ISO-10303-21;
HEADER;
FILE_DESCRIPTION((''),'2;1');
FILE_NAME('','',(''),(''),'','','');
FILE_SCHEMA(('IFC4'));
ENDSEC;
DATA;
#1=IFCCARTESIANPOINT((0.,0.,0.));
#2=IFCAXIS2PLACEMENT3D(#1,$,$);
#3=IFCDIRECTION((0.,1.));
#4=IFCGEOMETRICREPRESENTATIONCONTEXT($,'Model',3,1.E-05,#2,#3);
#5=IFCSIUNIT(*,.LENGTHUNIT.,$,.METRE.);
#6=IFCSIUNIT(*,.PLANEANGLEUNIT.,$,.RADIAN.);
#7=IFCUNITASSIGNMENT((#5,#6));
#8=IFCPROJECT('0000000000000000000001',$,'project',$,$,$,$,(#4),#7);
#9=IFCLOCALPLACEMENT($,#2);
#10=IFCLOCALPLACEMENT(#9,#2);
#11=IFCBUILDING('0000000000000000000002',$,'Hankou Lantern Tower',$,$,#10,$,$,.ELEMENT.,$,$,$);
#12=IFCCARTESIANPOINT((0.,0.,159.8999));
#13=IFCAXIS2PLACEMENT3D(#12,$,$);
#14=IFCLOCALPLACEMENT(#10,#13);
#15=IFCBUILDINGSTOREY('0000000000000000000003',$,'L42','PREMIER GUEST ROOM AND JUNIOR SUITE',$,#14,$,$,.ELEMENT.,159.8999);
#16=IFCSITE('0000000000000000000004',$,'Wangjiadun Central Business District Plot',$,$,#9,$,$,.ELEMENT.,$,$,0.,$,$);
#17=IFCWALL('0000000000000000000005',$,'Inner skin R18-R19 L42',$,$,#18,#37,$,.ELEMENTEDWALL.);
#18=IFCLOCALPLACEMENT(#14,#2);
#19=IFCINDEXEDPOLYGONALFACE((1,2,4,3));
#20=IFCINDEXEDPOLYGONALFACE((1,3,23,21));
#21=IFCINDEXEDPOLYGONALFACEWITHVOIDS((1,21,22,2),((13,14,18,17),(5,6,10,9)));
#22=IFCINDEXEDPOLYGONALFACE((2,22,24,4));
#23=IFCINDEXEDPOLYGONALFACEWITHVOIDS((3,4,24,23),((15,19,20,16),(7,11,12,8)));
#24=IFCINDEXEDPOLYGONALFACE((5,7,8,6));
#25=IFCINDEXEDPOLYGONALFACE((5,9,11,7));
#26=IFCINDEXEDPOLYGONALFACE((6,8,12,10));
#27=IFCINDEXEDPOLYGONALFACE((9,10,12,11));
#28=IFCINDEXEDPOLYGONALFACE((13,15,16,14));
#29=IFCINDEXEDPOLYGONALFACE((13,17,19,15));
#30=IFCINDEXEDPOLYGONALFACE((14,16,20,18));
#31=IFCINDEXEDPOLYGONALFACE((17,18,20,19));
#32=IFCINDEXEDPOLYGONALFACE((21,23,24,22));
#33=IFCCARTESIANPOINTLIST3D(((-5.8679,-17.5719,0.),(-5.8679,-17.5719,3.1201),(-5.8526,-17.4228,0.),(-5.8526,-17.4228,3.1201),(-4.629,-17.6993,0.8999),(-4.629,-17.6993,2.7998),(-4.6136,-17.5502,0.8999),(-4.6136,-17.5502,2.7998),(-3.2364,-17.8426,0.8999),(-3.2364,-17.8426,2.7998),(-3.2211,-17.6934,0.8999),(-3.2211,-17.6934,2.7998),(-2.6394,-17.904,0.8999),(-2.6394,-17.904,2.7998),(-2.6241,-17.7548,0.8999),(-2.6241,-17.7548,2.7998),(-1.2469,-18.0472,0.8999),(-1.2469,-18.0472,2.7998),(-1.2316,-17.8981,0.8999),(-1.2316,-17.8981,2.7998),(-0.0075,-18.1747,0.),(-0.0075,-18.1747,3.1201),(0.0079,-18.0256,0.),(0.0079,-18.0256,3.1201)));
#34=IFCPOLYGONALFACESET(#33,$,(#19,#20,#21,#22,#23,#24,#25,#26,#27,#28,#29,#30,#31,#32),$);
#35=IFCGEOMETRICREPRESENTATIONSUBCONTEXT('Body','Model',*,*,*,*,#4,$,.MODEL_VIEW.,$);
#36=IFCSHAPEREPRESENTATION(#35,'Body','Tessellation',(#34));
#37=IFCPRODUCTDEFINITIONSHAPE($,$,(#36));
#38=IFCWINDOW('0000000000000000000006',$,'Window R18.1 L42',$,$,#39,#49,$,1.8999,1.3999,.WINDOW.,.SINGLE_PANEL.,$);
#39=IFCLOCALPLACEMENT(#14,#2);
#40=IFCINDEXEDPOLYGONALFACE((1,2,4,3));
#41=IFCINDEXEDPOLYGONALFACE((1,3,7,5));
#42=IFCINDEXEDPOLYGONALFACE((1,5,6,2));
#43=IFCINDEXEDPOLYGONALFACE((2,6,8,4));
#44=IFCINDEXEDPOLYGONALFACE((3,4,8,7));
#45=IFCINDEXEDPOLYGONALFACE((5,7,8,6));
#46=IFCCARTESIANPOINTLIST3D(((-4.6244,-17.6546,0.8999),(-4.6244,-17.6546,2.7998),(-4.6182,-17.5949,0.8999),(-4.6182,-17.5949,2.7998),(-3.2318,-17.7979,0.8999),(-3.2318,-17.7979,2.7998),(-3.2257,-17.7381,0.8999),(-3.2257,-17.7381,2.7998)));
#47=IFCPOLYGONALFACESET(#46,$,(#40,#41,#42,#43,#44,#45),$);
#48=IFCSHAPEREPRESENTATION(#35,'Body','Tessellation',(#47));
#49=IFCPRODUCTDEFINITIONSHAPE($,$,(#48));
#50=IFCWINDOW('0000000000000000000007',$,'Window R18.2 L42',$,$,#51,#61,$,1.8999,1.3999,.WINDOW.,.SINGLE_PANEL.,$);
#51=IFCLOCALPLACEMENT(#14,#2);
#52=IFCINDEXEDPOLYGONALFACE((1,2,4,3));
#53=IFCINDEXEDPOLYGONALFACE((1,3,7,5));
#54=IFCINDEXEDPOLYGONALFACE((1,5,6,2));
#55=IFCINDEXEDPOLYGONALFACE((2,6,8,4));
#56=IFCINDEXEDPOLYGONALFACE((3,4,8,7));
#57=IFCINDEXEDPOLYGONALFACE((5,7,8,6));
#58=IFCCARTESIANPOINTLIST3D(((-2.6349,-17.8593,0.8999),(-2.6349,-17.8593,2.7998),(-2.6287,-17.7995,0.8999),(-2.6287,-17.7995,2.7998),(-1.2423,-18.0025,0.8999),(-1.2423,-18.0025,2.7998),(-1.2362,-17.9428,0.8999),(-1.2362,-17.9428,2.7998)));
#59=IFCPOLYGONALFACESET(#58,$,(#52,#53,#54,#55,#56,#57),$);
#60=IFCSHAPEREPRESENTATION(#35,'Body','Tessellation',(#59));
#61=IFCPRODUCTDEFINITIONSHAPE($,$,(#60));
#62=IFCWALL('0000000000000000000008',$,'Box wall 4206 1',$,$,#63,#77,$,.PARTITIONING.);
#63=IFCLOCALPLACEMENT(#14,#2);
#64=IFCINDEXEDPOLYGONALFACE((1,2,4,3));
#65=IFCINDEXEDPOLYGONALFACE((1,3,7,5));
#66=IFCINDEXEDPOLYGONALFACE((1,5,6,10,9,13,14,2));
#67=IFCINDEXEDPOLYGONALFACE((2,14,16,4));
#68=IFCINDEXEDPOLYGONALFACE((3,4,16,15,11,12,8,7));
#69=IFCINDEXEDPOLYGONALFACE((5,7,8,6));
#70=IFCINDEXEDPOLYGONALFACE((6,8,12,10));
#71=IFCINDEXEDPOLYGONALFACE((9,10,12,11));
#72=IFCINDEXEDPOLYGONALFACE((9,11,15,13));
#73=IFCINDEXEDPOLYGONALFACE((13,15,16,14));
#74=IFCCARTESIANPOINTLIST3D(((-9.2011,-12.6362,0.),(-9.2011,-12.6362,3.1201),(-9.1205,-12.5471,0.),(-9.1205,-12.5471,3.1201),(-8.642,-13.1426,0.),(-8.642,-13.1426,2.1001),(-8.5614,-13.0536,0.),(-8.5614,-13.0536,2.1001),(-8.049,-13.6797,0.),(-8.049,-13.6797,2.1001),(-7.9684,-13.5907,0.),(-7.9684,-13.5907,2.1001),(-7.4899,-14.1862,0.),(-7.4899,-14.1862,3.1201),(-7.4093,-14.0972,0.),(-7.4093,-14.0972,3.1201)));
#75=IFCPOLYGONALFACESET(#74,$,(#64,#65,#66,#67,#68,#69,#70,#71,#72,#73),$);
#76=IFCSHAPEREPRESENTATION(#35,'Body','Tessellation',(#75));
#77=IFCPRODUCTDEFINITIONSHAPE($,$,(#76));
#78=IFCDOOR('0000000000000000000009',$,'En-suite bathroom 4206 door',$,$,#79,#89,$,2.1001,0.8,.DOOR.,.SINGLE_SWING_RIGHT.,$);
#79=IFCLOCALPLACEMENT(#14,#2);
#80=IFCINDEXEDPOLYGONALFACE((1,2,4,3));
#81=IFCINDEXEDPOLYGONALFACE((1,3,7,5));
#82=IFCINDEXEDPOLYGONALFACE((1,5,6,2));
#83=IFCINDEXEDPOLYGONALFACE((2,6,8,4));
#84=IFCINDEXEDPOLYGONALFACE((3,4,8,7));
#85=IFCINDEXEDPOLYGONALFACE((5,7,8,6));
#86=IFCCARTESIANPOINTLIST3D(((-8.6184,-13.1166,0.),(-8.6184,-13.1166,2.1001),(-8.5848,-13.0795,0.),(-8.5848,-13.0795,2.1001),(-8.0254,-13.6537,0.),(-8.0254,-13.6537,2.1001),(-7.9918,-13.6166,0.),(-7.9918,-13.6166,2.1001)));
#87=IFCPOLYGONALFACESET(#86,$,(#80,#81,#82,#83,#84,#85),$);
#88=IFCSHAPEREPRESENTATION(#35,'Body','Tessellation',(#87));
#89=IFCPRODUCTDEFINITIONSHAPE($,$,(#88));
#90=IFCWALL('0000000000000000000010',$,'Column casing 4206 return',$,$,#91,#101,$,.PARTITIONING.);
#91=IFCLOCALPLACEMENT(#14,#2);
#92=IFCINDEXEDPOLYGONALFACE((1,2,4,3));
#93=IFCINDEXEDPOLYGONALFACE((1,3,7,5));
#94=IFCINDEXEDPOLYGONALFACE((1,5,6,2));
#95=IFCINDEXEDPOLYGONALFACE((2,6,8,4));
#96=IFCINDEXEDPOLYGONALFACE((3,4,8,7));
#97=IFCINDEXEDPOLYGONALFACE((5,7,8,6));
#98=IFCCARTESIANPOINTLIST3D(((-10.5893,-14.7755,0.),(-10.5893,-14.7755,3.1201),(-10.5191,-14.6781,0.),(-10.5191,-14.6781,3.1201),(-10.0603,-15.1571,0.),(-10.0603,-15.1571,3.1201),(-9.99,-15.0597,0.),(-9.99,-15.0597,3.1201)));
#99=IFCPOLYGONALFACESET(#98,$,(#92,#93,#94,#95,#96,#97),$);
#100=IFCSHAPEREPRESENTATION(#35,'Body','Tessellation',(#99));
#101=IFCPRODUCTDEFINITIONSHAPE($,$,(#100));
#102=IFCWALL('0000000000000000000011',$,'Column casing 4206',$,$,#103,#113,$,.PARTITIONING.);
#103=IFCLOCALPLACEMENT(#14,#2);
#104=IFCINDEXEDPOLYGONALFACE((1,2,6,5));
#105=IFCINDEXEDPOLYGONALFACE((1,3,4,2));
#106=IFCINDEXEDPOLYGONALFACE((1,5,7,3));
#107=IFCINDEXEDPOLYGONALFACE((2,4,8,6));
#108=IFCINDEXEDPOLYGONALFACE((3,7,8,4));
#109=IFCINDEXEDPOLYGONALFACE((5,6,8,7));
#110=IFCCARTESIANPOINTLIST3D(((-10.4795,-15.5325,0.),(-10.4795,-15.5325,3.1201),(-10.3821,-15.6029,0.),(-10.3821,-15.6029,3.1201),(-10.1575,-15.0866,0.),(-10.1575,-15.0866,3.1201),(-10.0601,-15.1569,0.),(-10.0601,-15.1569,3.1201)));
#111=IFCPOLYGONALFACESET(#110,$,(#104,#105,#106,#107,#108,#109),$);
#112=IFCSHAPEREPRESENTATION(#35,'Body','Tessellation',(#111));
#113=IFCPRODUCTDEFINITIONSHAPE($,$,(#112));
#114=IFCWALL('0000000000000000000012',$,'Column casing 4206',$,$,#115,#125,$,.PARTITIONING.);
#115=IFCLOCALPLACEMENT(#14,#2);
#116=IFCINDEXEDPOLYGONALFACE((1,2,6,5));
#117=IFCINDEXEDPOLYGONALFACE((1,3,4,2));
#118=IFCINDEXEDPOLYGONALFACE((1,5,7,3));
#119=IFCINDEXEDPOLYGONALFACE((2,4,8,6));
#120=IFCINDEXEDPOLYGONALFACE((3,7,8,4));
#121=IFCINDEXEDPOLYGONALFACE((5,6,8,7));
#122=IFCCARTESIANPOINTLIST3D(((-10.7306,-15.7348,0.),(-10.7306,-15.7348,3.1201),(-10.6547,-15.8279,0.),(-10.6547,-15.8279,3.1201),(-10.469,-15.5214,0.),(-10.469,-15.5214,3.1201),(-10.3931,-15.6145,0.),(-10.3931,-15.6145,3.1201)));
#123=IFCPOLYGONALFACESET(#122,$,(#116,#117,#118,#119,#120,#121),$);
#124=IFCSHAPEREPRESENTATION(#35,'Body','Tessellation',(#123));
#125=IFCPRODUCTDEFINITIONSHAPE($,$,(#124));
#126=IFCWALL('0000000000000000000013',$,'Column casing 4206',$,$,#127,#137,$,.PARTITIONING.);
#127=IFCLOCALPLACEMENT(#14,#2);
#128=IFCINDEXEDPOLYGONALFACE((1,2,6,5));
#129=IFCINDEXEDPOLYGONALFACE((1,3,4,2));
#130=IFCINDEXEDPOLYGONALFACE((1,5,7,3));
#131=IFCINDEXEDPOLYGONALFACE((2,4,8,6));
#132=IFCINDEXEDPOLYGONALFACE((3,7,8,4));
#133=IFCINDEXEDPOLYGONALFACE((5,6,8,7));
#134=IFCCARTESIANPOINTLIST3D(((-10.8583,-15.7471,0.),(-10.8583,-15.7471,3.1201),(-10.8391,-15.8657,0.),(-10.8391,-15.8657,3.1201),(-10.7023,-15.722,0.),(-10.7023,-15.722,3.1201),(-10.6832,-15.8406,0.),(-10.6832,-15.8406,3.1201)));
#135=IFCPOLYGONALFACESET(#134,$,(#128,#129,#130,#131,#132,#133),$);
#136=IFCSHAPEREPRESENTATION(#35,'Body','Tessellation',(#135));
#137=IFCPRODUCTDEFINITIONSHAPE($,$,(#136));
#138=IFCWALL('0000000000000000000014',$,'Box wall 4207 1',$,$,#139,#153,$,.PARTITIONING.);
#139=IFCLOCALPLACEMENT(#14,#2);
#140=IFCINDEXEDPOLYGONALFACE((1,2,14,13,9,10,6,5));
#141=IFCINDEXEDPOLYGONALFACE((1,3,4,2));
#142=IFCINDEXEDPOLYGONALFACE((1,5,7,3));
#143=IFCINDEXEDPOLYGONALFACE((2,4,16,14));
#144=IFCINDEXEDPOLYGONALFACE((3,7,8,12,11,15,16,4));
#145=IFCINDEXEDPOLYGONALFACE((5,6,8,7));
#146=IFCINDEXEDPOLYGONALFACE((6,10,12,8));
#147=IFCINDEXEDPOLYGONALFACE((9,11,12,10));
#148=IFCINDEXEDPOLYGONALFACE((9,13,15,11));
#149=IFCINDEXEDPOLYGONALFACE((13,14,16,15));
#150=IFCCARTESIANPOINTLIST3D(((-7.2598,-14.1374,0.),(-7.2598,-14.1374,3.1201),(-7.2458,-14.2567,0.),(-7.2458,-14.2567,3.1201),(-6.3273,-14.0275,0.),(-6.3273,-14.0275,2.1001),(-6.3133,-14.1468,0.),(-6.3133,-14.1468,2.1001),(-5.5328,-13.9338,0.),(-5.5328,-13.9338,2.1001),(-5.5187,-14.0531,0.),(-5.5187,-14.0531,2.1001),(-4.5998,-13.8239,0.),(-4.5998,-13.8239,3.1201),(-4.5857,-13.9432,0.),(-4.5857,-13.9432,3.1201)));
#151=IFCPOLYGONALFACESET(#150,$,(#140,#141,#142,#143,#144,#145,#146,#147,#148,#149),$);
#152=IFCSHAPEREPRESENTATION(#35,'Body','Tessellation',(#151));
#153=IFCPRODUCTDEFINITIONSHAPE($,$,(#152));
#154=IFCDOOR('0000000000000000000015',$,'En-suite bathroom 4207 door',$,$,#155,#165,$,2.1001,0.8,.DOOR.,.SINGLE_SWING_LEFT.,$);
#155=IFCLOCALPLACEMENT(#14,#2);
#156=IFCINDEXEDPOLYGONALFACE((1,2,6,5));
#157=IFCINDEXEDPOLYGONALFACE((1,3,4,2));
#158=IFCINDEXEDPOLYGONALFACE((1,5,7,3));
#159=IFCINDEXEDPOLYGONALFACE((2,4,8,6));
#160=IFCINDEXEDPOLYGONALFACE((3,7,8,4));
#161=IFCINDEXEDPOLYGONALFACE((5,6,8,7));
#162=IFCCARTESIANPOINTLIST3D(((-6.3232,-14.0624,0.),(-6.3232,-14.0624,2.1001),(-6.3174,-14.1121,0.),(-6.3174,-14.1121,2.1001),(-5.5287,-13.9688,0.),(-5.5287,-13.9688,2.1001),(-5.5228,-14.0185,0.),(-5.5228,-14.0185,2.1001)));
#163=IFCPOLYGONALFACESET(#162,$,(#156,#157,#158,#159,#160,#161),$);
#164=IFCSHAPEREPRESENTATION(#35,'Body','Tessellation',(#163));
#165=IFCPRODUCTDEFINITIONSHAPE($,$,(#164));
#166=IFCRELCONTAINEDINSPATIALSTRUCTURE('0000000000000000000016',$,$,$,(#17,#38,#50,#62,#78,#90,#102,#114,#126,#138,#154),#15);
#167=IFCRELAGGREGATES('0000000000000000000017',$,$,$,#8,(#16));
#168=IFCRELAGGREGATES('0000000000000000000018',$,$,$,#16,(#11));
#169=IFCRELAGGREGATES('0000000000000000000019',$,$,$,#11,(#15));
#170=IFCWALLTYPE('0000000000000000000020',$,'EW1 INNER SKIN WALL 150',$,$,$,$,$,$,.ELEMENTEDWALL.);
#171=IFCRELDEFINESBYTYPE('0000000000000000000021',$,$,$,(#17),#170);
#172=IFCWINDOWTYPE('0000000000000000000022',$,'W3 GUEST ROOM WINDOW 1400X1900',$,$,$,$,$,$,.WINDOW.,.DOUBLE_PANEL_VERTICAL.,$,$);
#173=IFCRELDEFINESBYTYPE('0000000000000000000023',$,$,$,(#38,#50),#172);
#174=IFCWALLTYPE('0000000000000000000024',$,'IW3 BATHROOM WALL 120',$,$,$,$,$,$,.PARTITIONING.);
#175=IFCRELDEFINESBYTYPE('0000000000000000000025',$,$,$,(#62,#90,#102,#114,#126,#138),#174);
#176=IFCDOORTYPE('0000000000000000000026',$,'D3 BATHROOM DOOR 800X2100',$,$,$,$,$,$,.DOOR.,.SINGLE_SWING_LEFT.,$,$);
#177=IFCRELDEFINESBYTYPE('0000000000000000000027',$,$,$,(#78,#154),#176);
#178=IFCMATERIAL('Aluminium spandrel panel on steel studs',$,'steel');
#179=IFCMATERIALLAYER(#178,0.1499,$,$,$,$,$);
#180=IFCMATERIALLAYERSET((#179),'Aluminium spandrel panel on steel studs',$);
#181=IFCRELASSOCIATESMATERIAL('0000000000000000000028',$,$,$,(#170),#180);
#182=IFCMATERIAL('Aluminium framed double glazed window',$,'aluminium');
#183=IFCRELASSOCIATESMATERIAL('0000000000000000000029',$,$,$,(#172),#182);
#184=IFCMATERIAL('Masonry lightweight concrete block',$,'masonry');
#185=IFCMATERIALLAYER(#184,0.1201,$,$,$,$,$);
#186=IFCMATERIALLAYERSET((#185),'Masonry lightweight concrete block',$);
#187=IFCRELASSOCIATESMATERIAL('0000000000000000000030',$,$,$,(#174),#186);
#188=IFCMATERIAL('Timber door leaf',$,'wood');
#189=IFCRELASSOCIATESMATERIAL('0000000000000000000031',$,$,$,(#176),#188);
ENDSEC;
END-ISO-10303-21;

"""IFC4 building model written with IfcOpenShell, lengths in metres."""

from ifc_helpers import new_model, si_unit, direction, frame, frame_2d, origin, place, context, subcontext, project, spatial, rectangle, extrude, material, layer, layer_set, type_object, element, fill, save


model = new_model("IFC4")

# Units and contexts
model_context = context("Model", 3, precision=1e-05, world=origin(), true_north=direction((0.0, 1.0)))
body_context = subcontext(model_context, "Body", "Model", "MODEL_VIEW")
ifc_project = project(units=[si_unit("LENGTHUNIT", "METRE"), si_unit("PLANEANGLEUNIT", "RADIAN")], contexts=[model_context])

# Site, building, storey
site_placement = place(None, origin())
site = spatial("IfcSite", under=ifc_project, at=site_placement, Name="Wangjiadun Central Business District Plot", CompositionType="ELEMENT", RefElevation=0.0)
building_placement = place(site_placement, origin())
building = spatial("IfcBuilding", under=site, at=building_placement, Name="Hankou Lantern Tower", CompositionType="ELEMENT")
storey_placement = place(building_placement, frame((0.0, 0.0, 159.8999)))
storey = spatial("IfcBuildingStorey", under=building, at=storey_placement, Name="L42", Description="PREMIER GUEST ROOM AND JUNIOR SUITE", CompositionType="ELEMENT", Elevation=159.8999)

# Wall, openings, windows
ifc_material_1 = material(Name="Aluminium spandrel panel on steel studs", Category="steel")
ifc_layer_1 = layer(ifc_material_1, 0.1499)
ifc_layer_set_1 = layer_set([ifc_layer_1], Name="Aluminium spandrel panel on steel studs")
wall_type_1 = type_object("IfcWallType", Name="EW1 INNER SKIN WALL 150", PredefinedType="ELEMENTEDWALL", material=ifc_layer_set_1)
ifc_material_2 = material(Name="Aluminium framed double glazed window", Category="aluminium")
window_type = type_object("IfcWindowType", Name="W3 GUEST ROOM WINDOW 1400X1900", PartitioningType="DOUBLE_PANEL_VERTICAL", PredefinedType="WINDOW", material=ifc_material_2)
wall_1_placement = place(storey_placement, frame((-5.8604, -17.4973, 0.0), z_axis=(0.0, 0.0, 1.0), x_axis=(0.994752, -0.102318, 0.0)))
wall_1 = element("IfcWall", 1, at=wall_1_placement, inside=storey, type_object=wall_type_1, Name="Inner skin R18-R19 L42", PredefinedType="ELEMENTEDWALL", context=body_context, shape_type="SweptSolid", body=[
    extrude(rectangle(XDim=5.8914, YDim=0.1499, at=frame_2d((2.9458, 0.0))), origin(), (0.0, 0.0, 1.0), 3.1201),
])
opening_1_placement = place(wall_1_placement, frame((1.2456, 0.0, 0.8999)))
opening_1 = element("IfcOpeningElement", 2, at=opening_1_placement, cuts=wall_1, PredefinedType="OPENING", context=body_context, shape_type="SweptSolid", body=[
    extrude(rectangle(XDim=1.3999, YDim=1.8999, at=frame_2d((0.7, 0.95))), frame((0.0, 0.085, 0.0), z_axis=(0.0, -1.0, 0.0), x_axis=(1.0, 0.0, 0.0)), (0.0, 0.0, 1.0), 0.1699),
])
opening_2_placement = place(wall_1_placement, frame((3.2456, 0.0, 0.8999)))
opening_2 = element("IfcOpeningElement", 3, at=opening_2_placement, cuts=wall_1, PredefinedType="OPENING", context=body_context, shape_type="SweptSolid", body=[
    extrude(rectangle(XDim=1.3999, YDim=1.8999, at=frame_2d((0.7, 0.95))), frame((0.0, 0.085, 0.0), z_axis=(0.0, -1.0, 0.0), x_axis=(1.0, 0.0, 0.0)), (0.0, 0.0, 1.0), 0.1699),
])
window_1_placement = place(opening_1_placement, origin())
window_1 = element("IfcWindow", 4, at=window_1_placement, inside=storey, type_object=window_type, Name="Window R18.1 L42", OverallHeight=1.8999, OverallWidth=1.3999, PartitioningType="SINGLE_PANEL", PredefinedType="WINDOW", context=body_context, shape_type="SweptSolid", body=[
    extrude(rectangle(XDim=1.3999, YDim=1.8999, at=frame_2d((0.7, 0.95))), frame((0.0, 0.03, 0.0), z_axis=(0.0, -1.0, 0.0), x_axis=(1.0, 0.0, 0.0)), (0.0, 0.0, 1.0), 0.0601),
])
fill(opening_1, window_1)
window_2_placement = place(opening_2_placement, origin())
window_2 = element("IfcWindow", 5, at=window_2_placement, inside=storey, type_object=window_type, Name="Window R18.2 L42", OverallHeight=1.8999, OverallWidth=1.3999, PartitioningType="SINGLE_PANEL", PredefinedType="WINDOW", context=body_context, shape_type="SweptSolid", body=[
    extrude(rectangle(XDim=1.3999, YDim=1.8999, at=frame_2d((0.7, 0.95))), frame((0.0, 0.03, 0.0), z_axis=(0.0, -1.0, 0.0), x_axis=(1.0, 0.0, 0.0)), (0.0, 0.0, 1.0), 0.0601),
])
fill(opening_2, window_2)

# Wall, opening, door
ifc_material_3 = material(Name="Masonry lightweight concrete block", Category="masonry")
ifc_layer_2 = layer(ifc_material_3, 0.1201)
ifc_layer_set_2 = layer_set([ifc_layer_2], Name="Masonry lightweight concrete block")
wall_type_2 = type_object("IfcWallType", Name="IW3 BATHROOM WALL 120", PredefinedType="PARTITIONING", material=ifc_layer_set_2)
wall_2_placement = place(storey_placement, frame((-7.4497, -14.1416, 0.0), z_axis=(0.0, 0.0, 1.0), x_axis=(-0.74114, 0.671351, 0.0)))
wall_2 = element("IfcWall", 6, at=wall_2_placement, inside=storey, type_object=wall_type_2, Name="Box wall 4206 1", PredefinedType="PARTITIONING", context=body_context, shape_type="SweptSolid", body=[
    extrude(rectangle(XDim=2.3088, YDim=0.1201, at=frame_2d((1.1543, 0.0))), origin(), (0.0, 0.0, 1.0), 3.1201),
])
opening_3_placement = place(wall_2_placement, frame((0.7544, 0.0, 0.0)))
opening_3 = element("IfcOpeningElement", 7, at=opening_3_placement, cuts=wall_2, PredefinedType="OPENING", context=body_context, shape_type="SweptSolid", body=[
    extrude(rectangle(XDim=0.8, YDim=2.1001, at=frame_2d((0.3999, 1.05))), frame((0.0, 0.0701, 0.0), z_axis=(0.0, -1.0, 0.0), x_axis=(1.0, 0.0, 0.0)), (0.0, 0.0, 1.0), 0.1401),
])
ifc_material_4 = material(Name="Timber door leaf", Category="wood")
door_type = type_object("IfcDoorType", Name="D3 BATHROOM DOOR 800X2100", OperationType="SINGLE_SWING_LEFT", PredefinedType="DOOR", material=ifc_material_4)
door_1_placement = place(opening_3_placement, origin())
door_1 = element("IfcDoor", 8, at=door_1_placement, inside=storey, type_object=door_type, Name="En-suite bathroom 4206 door", OperationType="SINGLE_SWING_RIGHT", OverallHeight=2.1001, OverallWidth=0.8, PredefinedType="DOOR", context=body_context, shape_type="SweptSolid", body=[
    extrude(rectangle(XDim=0.8, YDim=2.1001, at=frame_2d((0.3999, 1.05))), frame((0.0, 0.0249, 0.0), z_axis=(0.0, -1.0, 0.0), x_axis=(1.0, 0.0, 0.0)), (0.0, 0.0, 1.0), 0.05),
])
fill(opening_3, door_1)

# Walls
wall_3_placement = place(storey_placement, frame((-10.5542, -14.7268, 0.0), z_axis=(0.0, 0.0, 1.0), x_axis=(0.811044, -0.584985, 0.0)))
element("IfcWall", 9, at=wall_3_placement, inside=storey, type_object=wall_type_2, Name="Column casing 4206 return", PredefinedType="PARTITIONING", context=body_context, shape_type="SweptSolid", body=[
    extrude(rectangle(XDim=0.6523, YDim=0.1201, at=frame_2d((0.3262, 0.0))), origin(), (0.0, 0.0, 1.0), 3.1201),
])
wall_4_placement = place(storey_placement, frame((-10.1089, -15.1218, 0.0), z_axis=(0.0, 0.0, 1.0), x_axis=(-0.585345, -0.810785, 0.0)))
element("IfcWall", 10, at=wall_4_placement, inside=storey, type_object=wall_type_2, Name="Column casing 4206", PredefinedType="PARTITIONING", context=body_context, shape_type="SweptSolid", body=[
    extrude(rectangle(XDim=0.55, YDim=0.1201, at=frame_2d((0.2749, 0.0))), origin(), (0.0, 0.0, 1.0), 3.1201),
])
wall_5_placement = place(storey_placement, frame((-10.4309, -15.5679, 0.0), z_axis=(0.0, 0.0, 1.0), x_axis=(-0.775051, -0.631898, 0.0)))
element("IfcWall", 11, at=wall_5_placement, inside=storey, type_object=wall_type_2, Name="Column casing 4206", PredefinedType="PARTITIONING", context=body_context, shape_type="SweptSolid", body=[
    extrude(rectangle(XDim=0.3376, YDim=0.1201, at=frame_2d((0.1689, 0.0))), origin(), (0.0, 0.0, 1.0), 3.1201),
])
wall_6_placement = place(storey_placement, frame((-10.6926, -15.7812, 0.0), z_axis=(0.0, 0.0, 1.0), x_axis=(-0.987257, -0.159135, 0.0)))
element("IfcWall", 12, at=wall_6_placement, inside=storey, type_object=wall_type_2, Name="Column casing 4206", PredefinedType="PARTITIONING", context=body_context, shape_type="SweptSolid", body=[
    extrude(rectangle(XDim=0.158, YDim=0.1201, at=frame_2d((0.0791, 0.0))), origin(), (0.0, 0.0, 1.0), 3.1201),
])

# Wall, opening, door
wall_7_placement = place(storey_placement, frame((-7.2529, -14.197, 0.0), z_axis=(0.0, 0.0, 1.0), x_axis=(0.993128, 0.117032, 0.0)))
wall_7 = element("IfcWall", 13, at=wall_7_placement, inside=storey, type_object=wall_type_2, Name="Box wall 4207 1", PredefinedType="PARTITIONING", context=body_context, shape_type="SweptSolid", body=[
    extrude(rectangle(XDim=2.6785, YDim=0.1201, at=frame_2d((1.3394, 0.0))), origin(), (0.0, 0.0, 1.0), 3.1201),
])
opening_4_placement = place(wall_7_placement, frame((0.9392, 0.0, 0.0)))
opening_4 = element("IfcOpeningElement", 14, at=opening_4_placement, cuts=wall_7, PredefinedType="OPENING", context=body_context, shape_type="SweptSolid", body=[
    extrude(rectangle(XDim=0.8, YDim=2.1001, at=frame_2d((0.3999, 1.05))), frame((0.0, 0.0701, 0.0), z_axis=(0.0, -1.0, 0.0), x_axis=(1.0, 0.0, 0.0)), (0.0, 0.0, 1.0), 0.1401),
])
door_2_placement = place(opening_4_placement, origin())
door_2 = element("IfcDoor", 15, at=door_2_placement, inside=storey, type_object=door_type, Name="En-suite bathroom 4207 door", OperationType="SINGLE_SWING_LEFT", OverallHeight=2.1001, OverallWidth=0.8, PredefinedType="DOOR", context=body_context, shape_type="SweptSolid", body=[
    extrude(rectangle(XDim=0.8, YDim=2.1001, at=frame_2d((0.3999, 1.05))), frame((0.0, 0.0249, 0.0), z_axis=(0.0, -1.0, 0.0), x_axis=(1.0, 0.0, 0.0)), (0.0, 0.0, 1.0), 0.05),
])
fill(opening_4, door_2)

save(model, "model.ifc")
